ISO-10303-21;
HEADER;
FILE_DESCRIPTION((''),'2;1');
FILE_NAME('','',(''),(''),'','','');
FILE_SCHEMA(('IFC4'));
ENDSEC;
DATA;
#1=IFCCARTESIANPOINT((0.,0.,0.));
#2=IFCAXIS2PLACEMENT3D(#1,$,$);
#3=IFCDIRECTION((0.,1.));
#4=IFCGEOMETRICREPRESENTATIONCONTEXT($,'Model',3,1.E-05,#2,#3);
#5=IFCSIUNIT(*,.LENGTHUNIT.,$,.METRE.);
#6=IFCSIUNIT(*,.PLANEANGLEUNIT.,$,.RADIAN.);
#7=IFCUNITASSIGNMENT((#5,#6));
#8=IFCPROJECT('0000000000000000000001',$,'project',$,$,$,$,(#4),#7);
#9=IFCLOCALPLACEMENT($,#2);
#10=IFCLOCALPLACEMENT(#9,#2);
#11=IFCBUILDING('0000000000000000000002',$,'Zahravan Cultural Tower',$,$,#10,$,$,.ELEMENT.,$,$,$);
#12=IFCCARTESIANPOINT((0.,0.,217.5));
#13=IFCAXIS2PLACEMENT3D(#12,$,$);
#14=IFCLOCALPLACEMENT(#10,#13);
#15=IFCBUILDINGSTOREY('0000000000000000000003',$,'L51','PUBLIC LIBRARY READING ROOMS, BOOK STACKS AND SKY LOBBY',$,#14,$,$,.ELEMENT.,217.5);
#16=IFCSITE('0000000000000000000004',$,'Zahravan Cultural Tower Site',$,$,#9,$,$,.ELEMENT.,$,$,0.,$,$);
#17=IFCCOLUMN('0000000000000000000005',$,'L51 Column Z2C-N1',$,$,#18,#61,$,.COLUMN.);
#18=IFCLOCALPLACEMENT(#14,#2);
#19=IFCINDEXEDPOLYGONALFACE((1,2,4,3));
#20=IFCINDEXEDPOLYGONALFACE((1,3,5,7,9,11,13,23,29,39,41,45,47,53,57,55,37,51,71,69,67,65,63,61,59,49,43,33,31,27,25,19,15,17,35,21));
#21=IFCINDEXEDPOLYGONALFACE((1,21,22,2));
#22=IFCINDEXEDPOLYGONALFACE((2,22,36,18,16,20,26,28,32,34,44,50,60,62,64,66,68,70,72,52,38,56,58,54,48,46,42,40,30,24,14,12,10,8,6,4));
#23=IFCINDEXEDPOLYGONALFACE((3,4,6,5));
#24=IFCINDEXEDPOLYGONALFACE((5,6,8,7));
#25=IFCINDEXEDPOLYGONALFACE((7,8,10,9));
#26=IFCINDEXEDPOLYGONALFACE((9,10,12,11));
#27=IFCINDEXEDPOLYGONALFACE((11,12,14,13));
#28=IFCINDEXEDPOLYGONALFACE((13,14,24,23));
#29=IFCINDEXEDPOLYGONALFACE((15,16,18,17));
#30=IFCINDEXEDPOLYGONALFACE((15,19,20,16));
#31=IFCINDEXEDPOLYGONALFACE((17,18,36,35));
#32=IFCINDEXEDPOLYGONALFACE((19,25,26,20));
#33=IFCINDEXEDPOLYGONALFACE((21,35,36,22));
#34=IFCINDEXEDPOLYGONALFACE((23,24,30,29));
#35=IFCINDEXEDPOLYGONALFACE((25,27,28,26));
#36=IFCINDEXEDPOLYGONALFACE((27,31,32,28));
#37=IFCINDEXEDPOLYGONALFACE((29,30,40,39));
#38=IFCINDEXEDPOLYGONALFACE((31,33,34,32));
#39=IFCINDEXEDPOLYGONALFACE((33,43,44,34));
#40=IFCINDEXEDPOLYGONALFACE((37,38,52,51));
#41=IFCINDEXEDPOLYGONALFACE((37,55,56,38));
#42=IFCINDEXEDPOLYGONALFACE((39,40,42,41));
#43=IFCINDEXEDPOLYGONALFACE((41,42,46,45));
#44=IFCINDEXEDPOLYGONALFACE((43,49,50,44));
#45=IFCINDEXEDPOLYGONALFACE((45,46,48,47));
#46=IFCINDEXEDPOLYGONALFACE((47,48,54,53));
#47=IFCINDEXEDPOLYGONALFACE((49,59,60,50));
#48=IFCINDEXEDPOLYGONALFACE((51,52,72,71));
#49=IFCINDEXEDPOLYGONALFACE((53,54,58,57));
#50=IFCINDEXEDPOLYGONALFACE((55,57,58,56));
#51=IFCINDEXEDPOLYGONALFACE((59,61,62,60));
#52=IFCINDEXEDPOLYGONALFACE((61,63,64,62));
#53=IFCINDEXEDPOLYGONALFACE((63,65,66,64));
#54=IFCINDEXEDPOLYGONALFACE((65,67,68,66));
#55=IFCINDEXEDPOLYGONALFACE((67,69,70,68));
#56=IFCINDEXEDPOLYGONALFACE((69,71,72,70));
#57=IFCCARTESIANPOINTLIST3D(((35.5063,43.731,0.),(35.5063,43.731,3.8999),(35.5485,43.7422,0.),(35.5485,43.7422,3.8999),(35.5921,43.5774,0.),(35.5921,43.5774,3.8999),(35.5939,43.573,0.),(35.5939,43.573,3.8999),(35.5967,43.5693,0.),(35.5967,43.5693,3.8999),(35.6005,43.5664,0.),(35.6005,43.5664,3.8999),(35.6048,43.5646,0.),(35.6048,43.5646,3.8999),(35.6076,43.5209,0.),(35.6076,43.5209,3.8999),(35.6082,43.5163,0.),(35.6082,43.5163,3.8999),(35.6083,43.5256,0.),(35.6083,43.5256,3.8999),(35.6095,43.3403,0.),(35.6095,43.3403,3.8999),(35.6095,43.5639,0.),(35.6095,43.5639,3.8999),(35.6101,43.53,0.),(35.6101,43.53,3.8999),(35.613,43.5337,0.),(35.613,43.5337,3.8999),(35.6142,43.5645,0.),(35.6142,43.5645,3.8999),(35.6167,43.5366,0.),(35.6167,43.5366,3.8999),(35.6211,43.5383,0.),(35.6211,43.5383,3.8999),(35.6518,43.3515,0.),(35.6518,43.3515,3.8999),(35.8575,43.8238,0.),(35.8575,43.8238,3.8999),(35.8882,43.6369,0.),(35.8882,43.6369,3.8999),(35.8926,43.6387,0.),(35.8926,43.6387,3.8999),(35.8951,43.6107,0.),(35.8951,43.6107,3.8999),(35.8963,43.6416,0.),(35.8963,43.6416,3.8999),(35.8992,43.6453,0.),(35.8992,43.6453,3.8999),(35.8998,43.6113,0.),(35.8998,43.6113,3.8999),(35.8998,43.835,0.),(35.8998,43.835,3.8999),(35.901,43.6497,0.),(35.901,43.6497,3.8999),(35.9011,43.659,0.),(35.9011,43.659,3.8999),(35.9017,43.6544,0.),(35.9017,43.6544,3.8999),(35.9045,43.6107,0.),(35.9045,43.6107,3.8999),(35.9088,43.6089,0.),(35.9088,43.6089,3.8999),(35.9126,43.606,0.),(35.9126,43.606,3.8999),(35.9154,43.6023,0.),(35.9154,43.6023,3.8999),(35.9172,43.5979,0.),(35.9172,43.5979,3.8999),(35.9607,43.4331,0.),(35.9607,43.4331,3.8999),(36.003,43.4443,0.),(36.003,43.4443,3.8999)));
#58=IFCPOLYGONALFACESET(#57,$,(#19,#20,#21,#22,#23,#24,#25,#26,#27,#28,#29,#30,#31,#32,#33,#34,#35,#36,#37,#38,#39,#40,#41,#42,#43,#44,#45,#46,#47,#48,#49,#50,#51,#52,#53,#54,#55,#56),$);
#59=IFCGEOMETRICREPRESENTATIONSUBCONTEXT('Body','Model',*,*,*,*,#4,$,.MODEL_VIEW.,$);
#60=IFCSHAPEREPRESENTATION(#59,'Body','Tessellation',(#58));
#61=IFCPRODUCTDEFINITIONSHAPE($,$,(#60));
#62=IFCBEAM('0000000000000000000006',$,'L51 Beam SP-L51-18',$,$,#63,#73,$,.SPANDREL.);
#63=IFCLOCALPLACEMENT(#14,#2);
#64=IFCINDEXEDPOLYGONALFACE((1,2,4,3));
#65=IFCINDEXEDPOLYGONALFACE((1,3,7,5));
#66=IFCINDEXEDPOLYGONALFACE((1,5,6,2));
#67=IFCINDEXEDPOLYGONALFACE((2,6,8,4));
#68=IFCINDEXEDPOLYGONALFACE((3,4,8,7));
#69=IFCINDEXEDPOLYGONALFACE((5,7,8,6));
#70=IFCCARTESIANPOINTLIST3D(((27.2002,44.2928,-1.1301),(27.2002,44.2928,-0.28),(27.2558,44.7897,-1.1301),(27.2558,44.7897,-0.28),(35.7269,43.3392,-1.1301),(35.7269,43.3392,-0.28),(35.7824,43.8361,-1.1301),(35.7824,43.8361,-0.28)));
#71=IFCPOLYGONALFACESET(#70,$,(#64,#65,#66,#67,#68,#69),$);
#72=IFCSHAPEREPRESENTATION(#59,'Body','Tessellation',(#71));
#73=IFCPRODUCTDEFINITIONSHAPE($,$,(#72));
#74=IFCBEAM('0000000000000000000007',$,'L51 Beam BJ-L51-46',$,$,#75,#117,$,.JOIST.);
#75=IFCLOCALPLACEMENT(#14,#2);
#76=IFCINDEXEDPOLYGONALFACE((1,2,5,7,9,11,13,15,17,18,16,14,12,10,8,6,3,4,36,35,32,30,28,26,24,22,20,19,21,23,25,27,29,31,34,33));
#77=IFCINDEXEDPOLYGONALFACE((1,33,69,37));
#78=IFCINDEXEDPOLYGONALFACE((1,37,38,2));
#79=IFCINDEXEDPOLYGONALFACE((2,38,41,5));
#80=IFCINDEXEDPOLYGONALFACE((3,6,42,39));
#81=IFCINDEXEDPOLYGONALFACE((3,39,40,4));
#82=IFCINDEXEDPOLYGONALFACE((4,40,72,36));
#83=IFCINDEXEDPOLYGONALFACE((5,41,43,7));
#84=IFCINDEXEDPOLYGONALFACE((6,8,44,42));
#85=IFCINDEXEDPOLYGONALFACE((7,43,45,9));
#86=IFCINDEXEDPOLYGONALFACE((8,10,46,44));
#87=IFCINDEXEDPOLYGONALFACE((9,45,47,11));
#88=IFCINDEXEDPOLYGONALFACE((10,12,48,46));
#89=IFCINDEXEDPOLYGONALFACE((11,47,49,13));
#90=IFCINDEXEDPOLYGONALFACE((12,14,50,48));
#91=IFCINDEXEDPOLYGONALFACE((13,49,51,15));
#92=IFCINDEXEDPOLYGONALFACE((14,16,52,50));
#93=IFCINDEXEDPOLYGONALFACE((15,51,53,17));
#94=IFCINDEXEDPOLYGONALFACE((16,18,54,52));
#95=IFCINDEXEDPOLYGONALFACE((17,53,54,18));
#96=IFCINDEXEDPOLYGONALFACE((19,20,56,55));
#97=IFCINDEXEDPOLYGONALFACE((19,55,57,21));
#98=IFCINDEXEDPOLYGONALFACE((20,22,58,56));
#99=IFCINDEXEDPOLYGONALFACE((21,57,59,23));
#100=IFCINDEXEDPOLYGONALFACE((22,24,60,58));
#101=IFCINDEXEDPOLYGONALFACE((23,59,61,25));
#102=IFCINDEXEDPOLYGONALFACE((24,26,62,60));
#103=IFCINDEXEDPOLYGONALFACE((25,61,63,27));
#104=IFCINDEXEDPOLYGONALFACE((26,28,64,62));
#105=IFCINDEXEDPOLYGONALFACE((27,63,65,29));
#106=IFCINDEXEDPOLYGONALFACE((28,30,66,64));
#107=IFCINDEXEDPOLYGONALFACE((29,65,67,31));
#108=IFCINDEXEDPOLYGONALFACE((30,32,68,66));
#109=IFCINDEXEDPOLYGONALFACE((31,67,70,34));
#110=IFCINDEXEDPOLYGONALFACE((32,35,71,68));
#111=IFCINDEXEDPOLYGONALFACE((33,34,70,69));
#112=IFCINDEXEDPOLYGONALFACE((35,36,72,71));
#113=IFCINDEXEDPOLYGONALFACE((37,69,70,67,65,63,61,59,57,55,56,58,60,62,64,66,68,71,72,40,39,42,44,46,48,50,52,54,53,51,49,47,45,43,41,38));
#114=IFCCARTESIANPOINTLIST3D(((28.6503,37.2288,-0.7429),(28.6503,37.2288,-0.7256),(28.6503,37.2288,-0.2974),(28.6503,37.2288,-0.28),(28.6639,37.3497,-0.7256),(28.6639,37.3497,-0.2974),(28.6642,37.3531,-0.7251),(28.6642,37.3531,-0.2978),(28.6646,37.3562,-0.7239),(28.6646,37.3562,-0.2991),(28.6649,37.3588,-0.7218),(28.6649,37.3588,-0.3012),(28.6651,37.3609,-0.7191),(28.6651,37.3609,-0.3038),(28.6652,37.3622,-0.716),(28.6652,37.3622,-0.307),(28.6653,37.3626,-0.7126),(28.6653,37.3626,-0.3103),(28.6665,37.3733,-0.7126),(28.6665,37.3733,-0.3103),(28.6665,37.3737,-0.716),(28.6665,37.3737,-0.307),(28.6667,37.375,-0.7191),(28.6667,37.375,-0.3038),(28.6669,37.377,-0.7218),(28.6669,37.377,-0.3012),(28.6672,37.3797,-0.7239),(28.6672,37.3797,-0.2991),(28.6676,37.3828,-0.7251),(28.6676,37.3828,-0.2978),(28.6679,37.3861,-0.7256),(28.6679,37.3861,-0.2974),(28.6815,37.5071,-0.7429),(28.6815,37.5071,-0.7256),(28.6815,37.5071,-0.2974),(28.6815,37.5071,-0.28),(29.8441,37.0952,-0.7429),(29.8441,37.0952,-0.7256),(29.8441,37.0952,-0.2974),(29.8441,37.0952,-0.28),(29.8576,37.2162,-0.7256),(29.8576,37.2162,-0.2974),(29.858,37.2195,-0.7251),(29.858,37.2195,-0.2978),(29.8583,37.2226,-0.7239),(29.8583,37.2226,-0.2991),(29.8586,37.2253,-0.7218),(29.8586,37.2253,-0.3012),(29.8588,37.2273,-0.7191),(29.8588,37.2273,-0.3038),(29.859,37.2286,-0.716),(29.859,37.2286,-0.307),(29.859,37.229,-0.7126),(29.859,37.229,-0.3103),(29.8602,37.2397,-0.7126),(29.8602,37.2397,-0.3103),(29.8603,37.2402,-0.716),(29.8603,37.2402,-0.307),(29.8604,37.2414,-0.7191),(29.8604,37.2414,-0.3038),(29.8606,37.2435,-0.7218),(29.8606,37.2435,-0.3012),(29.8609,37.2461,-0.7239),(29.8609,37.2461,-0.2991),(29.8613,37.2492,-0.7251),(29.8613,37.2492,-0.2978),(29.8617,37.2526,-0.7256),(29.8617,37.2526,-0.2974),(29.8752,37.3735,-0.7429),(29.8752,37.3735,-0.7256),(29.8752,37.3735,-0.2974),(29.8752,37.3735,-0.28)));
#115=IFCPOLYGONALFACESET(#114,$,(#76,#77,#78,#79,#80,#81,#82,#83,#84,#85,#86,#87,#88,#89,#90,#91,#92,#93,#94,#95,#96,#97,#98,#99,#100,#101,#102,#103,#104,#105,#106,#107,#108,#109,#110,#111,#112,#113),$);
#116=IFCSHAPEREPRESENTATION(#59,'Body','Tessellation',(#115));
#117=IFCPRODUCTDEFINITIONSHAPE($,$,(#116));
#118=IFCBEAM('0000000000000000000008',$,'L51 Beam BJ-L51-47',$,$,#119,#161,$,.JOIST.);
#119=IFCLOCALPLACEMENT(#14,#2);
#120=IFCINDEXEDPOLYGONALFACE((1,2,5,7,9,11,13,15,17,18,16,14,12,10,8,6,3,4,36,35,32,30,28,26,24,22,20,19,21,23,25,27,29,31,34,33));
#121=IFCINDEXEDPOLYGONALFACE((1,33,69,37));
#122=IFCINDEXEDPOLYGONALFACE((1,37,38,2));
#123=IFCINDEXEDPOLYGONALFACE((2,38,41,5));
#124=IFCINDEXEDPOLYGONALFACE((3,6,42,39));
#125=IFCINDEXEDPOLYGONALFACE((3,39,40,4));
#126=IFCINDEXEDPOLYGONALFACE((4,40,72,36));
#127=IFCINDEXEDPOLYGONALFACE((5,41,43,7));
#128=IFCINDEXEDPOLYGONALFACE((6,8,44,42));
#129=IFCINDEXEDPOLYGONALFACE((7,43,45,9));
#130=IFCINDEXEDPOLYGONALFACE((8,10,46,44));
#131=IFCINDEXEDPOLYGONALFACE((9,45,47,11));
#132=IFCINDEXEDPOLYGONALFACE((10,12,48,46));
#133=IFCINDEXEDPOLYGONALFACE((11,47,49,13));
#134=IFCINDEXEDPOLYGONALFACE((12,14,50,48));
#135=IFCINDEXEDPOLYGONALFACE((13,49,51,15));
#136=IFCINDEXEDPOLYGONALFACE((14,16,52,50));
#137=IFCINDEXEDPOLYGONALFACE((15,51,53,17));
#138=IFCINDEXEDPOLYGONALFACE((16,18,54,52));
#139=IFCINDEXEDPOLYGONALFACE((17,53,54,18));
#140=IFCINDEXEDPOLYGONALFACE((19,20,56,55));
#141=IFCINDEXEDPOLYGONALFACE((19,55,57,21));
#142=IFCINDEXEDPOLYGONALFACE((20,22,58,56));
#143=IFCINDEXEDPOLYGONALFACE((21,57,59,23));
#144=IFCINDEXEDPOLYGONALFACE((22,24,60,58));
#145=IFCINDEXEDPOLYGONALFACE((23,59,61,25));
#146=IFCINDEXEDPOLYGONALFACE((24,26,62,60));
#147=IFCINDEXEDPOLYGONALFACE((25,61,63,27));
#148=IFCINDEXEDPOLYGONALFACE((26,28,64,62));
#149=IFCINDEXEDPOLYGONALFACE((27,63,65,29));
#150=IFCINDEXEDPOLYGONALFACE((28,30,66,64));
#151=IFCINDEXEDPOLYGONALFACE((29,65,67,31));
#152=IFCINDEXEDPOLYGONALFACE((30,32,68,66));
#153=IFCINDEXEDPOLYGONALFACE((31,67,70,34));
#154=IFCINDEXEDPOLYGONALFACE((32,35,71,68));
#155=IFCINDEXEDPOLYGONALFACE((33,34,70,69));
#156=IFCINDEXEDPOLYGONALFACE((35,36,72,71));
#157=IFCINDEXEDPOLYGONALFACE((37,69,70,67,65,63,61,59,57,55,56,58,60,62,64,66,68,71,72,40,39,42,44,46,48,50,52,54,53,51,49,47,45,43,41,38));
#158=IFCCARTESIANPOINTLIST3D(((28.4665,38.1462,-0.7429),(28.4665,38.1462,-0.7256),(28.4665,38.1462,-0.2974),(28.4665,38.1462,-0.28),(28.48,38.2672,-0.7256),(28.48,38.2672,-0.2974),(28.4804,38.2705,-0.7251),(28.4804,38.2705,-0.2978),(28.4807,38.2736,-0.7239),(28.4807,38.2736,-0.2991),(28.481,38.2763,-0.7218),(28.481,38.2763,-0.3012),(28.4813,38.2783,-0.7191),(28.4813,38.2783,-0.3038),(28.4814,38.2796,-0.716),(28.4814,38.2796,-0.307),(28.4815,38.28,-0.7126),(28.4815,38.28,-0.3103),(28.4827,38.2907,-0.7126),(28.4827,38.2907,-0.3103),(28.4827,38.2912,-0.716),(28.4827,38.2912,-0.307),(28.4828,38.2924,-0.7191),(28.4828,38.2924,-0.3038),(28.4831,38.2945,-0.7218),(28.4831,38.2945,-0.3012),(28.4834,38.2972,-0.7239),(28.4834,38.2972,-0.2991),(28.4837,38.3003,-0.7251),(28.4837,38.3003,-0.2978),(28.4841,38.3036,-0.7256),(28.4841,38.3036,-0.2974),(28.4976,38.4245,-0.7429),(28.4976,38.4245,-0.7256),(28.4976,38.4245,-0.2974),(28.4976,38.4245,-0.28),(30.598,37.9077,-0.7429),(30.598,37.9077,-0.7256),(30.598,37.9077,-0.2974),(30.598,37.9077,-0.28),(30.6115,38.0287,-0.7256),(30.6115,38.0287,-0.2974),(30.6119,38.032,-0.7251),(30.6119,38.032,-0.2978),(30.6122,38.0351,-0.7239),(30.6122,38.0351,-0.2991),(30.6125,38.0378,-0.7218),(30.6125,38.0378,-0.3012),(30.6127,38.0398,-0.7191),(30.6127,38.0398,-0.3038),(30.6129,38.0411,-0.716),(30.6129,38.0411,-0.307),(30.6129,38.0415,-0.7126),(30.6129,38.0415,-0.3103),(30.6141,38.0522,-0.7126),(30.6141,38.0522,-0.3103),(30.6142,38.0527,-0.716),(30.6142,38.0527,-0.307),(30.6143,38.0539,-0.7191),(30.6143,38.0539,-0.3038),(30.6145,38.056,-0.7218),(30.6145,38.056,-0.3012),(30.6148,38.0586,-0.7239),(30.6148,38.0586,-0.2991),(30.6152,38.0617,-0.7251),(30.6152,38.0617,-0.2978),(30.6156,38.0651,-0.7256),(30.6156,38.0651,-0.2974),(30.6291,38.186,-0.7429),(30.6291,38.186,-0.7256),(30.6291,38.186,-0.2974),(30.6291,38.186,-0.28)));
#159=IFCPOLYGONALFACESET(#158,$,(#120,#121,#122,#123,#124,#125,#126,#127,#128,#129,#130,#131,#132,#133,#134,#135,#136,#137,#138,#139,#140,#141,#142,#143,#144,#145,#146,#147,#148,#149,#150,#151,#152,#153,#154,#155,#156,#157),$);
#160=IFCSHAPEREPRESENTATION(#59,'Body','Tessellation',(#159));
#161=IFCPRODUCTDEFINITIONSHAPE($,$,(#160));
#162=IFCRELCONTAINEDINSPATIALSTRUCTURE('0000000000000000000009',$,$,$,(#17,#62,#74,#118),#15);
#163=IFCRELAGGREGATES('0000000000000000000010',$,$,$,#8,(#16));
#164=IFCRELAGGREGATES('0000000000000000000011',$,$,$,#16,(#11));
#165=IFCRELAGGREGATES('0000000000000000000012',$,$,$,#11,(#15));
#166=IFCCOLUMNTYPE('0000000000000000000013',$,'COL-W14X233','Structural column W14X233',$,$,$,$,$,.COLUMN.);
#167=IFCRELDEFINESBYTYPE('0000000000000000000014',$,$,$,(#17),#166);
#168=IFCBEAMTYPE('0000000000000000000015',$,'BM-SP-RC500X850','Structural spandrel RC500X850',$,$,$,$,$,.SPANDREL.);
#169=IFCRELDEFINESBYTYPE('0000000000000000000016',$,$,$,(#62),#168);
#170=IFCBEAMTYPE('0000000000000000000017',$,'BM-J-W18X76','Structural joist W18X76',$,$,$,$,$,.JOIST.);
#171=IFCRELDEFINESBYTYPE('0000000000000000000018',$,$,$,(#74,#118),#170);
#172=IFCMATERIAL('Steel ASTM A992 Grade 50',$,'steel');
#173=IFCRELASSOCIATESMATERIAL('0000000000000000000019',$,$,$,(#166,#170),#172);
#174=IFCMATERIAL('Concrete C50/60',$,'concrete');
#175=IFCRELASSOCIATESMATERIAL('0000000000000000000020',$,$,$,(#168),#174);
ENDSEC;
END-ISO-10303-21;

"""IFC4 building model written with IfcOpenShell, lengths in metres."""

from ifc_helpers import new_model, si_unit, direction, frame, origin, origin_2d, place, context, subcontext, project, spatial, rectangle, i_section, extrude, source, transform, mapped, material, material_profile, profile_set, type_object, element, save


model = new_model("IFC4")

# Units and contexts
model_context = context("Model", 3, precision=1e-05, world=origin(), true_north=direction((0.0, 1.0)))
body_context = subcontext(model_context, "Body", "Model", "MODEL_VIEW")
ifc_project = project(units=[si_unit("LENGTHUNIT", "METRE"), si_unit("PLANEANGLEUNIT", "RADIAN")], contexts=[model_context])

# Site, building, storey
site_placement = place(None, origin())
site = spatial("IfcSite", under=ifc_project, at=site_placement, Name="Zahravan Cultural Tower Site", CompositionType="ELEMENT", RefElevation=0.0)
building_placement = place(site_placement, origin())
building = spatial("IfcBuilding", under=site, at=building_placement, Name="Zahravan Cultural Tower", CompositionType="ELEMENT")
storey_placement = place(building_placement, frame((0.0, 0.0, 217.5)))
storey = spatial("IfcBuildingStorey", under=building, at=storey_placement, Name="L51", Description="PUBLIC LIBRARY READING ROOMS, BOOK STACKS AND SKY LOBBY", CompositionType="ELEMENT", Elevation=217.5)

# Column
ifc_material_1 = material(Name="Steel ASTM A992 Grade 50", Category="steel")
ifc_material_profile_1 = material_profile(ifc_material_1, i_section(OverallWidth=0.4041, OverallDepth=0.407, WebThickness=0.0271, FlangeThickness=0.0437, FilletRadius=0.0181, at=origin_2d()), Name="W14X233")
ifc_profile_set_1 = profile_set([ifc_material_profile_1], Name="Steel ASTM A992 Grade 50")
column_type = type_object("IfcColumnType", Name="COL-W14X233", Description="Structural column W14X233", PredefinedType="COLUMN", material=ifc_profile_set_1)
shared_shape_1 = source(origin(), body_context, "Body", "SweptSolid", [
    extrude(i_section(OverallWidth=0.4041, OverallDepth=0.407, WebThickness=0.0271, FlangeThickness=0.0437, FilletRadius=0.0181, at=origin_2d()), origin(), (0.0, 0.0, 1.0), 3.8999),
])
column_placement = place(storey_placement, frame((35.7546, 43.5876, 0.0), z_axis=(0.0, 0.0, 1.0), x_axis=(-0.255446, 0.966823, 0.0)))
element("IfcColumn", 1, at=column_placement, inside=storey, type_object=column_type, Name="L51 Column Z2C-N1", PredefinedType="COLUMN", context=body_context, shape_type="MappedRepresentation", body=[
    mapped(shared_shape_1, transform((0.0, 0.0, 0.0), x_axis=(1.0, 0.0, 0.0), y_axis=(0.0, 1.0, 0.0), z_axis=(0.0, 0.0, 1.0), scale=1.0)),
])

# Beams
ifc_material_2 = material(Name="Concrete C50/60", Category="concrete")
ifc_material_profile_2 = material_profile(ifc_material_2, rectangle(XDim=0.5, YDim=0.8501, at=origin_2d()), Name="RC500X850")
ifc_profile_set_2 = profile_set([ifc_material_profile_2], Name="Concrete C50/60")
beam_type_1 = type_object("IfcBeamType", Name="BM-SP-RC500X850", Description="Structural spandrel RC500X850", PredefinedType="SPANDREL", material=ifc_profile_set_2)
shared_shape_2 = source(origin(), body_context, "Body", "SweptSolid", [
    extrude(rectangle(XDim=0.5, YDim=0.8501, at=origin_2d()), origin(), (0.0, 0.0, 1.0), 8.5798),
])
beam_1_placement = place(storey_placement, frame((35.7546, 43.5876, -0.7051), z_axis=(-0.993804, 0.111147, 0.0), x_axis=(-0.111147, -0.993804, 0.0)))
element("IfcBeam", 2, at=beam_1_placement, inside=storey, type_object=beam_type_1, Name="L51 Beam SP-L51-18", PredefinedType="SPANDREL", context=body_context, shape_type="MappedRepresentation", body=[
    mapped(shared_shape_2, transform((0.0, 0.0, 0.0), x_axis=(1.0, 0.0, 0.0), y_axis=(0.0, 1.0, 0.0), z_axis=(0.0, 0.0, 1.0), scale=1.0)),
])
ifc_material_profile_3 = material_profile(ifc_material_1, i_section(OverallWidth=0.28, OverallDepth=0.4629, WebThickness=0.0107, FlangeThickness=0.0173, FilletRadius=0.0129, at=origin_2d()), Name="W18X76")
ifc_profile_set_3 = profile_set([ifc_material_profile_3], Name="Steel ASTM A992 Grade 50")
beam_type_2 = type_object("IfcBeamType", Name="BM-J-W18X76", Description="Structural joist W18X76", PredefinedType="JOIST", material=ifc_profile_set_3)
shared_shape_3 = source(origin(), body_context, "Body", "SweptSolid", [
    extrude(i_section(OverallWidth=0.28, OverallDepth=0.4629, WebThickness=0.0107, FlangeThickness=0.0173, FilletRadius=0.0129, at=origin_2d()), origin(), (0.0, 0.0, 1.0), 1.2012),
])
beam_2_placement = place(storey_placement, frame((29.8596, 37.2344, -0.5115), z_axis=(-0.993799, 0.11119, 0.0), x_axis=(-0.11119, -0.993799, 0.0)))
element("IfcBeam", 3, at=beam_2_placement, inside=storey, type_object=beam_type_2, Name="L51 Beam BJ-L51-46", PredefinedType="JOIST", context=body_context, shape_type="MappedRepresentation", body=[
    mapped(shared_shape_3, transform((0.0, 0.0, 0.0), x_axis=(1.0, 0.0, 0.0), y_axis=(0.0, 1.0, 0.0), z_axis=(0.0, 0.0, 1.0), scale=1.0)),
])
shared_shape_4 = source(origin(), body_context, "Body", "SweptSolid", [
    extrude(i_section(OverallWidth=0.28, OverallDepth=0.4629, WebThickness=0.0107, FlangeThickness=0.0173, FilletRadius=0.0129, at=origin_2d()), origin(), (0.0, 0.0, 1.0), 2.1448),
])
beam_3_placement = place(storey_placement, frame((30.6135, 38.0469, -0.5115), z_axis=(-0.993797, 0.111206, 0.0), x_axis=(-0.111206, -0.993797, 0.0)))
element("IfcBeam", 4, at=beam_3_placement, inside=storey, type_object=beam_type_2, Name="L51 Beam BJ-L51-47", PredefinedType="JOIST", context=body_context, shape_type="MappedRepresentation", body=[
    mapped(shared_shape_4, transform((0.0, 0.0, 0.0), x_axis=(1.0, 0.0, 0.0), y_axis=(0.0, 1.0, 0.0), z_axis=(0.0, 0.0, 1.0), scale=1.0)),
])

save(model, "model.ifc")
